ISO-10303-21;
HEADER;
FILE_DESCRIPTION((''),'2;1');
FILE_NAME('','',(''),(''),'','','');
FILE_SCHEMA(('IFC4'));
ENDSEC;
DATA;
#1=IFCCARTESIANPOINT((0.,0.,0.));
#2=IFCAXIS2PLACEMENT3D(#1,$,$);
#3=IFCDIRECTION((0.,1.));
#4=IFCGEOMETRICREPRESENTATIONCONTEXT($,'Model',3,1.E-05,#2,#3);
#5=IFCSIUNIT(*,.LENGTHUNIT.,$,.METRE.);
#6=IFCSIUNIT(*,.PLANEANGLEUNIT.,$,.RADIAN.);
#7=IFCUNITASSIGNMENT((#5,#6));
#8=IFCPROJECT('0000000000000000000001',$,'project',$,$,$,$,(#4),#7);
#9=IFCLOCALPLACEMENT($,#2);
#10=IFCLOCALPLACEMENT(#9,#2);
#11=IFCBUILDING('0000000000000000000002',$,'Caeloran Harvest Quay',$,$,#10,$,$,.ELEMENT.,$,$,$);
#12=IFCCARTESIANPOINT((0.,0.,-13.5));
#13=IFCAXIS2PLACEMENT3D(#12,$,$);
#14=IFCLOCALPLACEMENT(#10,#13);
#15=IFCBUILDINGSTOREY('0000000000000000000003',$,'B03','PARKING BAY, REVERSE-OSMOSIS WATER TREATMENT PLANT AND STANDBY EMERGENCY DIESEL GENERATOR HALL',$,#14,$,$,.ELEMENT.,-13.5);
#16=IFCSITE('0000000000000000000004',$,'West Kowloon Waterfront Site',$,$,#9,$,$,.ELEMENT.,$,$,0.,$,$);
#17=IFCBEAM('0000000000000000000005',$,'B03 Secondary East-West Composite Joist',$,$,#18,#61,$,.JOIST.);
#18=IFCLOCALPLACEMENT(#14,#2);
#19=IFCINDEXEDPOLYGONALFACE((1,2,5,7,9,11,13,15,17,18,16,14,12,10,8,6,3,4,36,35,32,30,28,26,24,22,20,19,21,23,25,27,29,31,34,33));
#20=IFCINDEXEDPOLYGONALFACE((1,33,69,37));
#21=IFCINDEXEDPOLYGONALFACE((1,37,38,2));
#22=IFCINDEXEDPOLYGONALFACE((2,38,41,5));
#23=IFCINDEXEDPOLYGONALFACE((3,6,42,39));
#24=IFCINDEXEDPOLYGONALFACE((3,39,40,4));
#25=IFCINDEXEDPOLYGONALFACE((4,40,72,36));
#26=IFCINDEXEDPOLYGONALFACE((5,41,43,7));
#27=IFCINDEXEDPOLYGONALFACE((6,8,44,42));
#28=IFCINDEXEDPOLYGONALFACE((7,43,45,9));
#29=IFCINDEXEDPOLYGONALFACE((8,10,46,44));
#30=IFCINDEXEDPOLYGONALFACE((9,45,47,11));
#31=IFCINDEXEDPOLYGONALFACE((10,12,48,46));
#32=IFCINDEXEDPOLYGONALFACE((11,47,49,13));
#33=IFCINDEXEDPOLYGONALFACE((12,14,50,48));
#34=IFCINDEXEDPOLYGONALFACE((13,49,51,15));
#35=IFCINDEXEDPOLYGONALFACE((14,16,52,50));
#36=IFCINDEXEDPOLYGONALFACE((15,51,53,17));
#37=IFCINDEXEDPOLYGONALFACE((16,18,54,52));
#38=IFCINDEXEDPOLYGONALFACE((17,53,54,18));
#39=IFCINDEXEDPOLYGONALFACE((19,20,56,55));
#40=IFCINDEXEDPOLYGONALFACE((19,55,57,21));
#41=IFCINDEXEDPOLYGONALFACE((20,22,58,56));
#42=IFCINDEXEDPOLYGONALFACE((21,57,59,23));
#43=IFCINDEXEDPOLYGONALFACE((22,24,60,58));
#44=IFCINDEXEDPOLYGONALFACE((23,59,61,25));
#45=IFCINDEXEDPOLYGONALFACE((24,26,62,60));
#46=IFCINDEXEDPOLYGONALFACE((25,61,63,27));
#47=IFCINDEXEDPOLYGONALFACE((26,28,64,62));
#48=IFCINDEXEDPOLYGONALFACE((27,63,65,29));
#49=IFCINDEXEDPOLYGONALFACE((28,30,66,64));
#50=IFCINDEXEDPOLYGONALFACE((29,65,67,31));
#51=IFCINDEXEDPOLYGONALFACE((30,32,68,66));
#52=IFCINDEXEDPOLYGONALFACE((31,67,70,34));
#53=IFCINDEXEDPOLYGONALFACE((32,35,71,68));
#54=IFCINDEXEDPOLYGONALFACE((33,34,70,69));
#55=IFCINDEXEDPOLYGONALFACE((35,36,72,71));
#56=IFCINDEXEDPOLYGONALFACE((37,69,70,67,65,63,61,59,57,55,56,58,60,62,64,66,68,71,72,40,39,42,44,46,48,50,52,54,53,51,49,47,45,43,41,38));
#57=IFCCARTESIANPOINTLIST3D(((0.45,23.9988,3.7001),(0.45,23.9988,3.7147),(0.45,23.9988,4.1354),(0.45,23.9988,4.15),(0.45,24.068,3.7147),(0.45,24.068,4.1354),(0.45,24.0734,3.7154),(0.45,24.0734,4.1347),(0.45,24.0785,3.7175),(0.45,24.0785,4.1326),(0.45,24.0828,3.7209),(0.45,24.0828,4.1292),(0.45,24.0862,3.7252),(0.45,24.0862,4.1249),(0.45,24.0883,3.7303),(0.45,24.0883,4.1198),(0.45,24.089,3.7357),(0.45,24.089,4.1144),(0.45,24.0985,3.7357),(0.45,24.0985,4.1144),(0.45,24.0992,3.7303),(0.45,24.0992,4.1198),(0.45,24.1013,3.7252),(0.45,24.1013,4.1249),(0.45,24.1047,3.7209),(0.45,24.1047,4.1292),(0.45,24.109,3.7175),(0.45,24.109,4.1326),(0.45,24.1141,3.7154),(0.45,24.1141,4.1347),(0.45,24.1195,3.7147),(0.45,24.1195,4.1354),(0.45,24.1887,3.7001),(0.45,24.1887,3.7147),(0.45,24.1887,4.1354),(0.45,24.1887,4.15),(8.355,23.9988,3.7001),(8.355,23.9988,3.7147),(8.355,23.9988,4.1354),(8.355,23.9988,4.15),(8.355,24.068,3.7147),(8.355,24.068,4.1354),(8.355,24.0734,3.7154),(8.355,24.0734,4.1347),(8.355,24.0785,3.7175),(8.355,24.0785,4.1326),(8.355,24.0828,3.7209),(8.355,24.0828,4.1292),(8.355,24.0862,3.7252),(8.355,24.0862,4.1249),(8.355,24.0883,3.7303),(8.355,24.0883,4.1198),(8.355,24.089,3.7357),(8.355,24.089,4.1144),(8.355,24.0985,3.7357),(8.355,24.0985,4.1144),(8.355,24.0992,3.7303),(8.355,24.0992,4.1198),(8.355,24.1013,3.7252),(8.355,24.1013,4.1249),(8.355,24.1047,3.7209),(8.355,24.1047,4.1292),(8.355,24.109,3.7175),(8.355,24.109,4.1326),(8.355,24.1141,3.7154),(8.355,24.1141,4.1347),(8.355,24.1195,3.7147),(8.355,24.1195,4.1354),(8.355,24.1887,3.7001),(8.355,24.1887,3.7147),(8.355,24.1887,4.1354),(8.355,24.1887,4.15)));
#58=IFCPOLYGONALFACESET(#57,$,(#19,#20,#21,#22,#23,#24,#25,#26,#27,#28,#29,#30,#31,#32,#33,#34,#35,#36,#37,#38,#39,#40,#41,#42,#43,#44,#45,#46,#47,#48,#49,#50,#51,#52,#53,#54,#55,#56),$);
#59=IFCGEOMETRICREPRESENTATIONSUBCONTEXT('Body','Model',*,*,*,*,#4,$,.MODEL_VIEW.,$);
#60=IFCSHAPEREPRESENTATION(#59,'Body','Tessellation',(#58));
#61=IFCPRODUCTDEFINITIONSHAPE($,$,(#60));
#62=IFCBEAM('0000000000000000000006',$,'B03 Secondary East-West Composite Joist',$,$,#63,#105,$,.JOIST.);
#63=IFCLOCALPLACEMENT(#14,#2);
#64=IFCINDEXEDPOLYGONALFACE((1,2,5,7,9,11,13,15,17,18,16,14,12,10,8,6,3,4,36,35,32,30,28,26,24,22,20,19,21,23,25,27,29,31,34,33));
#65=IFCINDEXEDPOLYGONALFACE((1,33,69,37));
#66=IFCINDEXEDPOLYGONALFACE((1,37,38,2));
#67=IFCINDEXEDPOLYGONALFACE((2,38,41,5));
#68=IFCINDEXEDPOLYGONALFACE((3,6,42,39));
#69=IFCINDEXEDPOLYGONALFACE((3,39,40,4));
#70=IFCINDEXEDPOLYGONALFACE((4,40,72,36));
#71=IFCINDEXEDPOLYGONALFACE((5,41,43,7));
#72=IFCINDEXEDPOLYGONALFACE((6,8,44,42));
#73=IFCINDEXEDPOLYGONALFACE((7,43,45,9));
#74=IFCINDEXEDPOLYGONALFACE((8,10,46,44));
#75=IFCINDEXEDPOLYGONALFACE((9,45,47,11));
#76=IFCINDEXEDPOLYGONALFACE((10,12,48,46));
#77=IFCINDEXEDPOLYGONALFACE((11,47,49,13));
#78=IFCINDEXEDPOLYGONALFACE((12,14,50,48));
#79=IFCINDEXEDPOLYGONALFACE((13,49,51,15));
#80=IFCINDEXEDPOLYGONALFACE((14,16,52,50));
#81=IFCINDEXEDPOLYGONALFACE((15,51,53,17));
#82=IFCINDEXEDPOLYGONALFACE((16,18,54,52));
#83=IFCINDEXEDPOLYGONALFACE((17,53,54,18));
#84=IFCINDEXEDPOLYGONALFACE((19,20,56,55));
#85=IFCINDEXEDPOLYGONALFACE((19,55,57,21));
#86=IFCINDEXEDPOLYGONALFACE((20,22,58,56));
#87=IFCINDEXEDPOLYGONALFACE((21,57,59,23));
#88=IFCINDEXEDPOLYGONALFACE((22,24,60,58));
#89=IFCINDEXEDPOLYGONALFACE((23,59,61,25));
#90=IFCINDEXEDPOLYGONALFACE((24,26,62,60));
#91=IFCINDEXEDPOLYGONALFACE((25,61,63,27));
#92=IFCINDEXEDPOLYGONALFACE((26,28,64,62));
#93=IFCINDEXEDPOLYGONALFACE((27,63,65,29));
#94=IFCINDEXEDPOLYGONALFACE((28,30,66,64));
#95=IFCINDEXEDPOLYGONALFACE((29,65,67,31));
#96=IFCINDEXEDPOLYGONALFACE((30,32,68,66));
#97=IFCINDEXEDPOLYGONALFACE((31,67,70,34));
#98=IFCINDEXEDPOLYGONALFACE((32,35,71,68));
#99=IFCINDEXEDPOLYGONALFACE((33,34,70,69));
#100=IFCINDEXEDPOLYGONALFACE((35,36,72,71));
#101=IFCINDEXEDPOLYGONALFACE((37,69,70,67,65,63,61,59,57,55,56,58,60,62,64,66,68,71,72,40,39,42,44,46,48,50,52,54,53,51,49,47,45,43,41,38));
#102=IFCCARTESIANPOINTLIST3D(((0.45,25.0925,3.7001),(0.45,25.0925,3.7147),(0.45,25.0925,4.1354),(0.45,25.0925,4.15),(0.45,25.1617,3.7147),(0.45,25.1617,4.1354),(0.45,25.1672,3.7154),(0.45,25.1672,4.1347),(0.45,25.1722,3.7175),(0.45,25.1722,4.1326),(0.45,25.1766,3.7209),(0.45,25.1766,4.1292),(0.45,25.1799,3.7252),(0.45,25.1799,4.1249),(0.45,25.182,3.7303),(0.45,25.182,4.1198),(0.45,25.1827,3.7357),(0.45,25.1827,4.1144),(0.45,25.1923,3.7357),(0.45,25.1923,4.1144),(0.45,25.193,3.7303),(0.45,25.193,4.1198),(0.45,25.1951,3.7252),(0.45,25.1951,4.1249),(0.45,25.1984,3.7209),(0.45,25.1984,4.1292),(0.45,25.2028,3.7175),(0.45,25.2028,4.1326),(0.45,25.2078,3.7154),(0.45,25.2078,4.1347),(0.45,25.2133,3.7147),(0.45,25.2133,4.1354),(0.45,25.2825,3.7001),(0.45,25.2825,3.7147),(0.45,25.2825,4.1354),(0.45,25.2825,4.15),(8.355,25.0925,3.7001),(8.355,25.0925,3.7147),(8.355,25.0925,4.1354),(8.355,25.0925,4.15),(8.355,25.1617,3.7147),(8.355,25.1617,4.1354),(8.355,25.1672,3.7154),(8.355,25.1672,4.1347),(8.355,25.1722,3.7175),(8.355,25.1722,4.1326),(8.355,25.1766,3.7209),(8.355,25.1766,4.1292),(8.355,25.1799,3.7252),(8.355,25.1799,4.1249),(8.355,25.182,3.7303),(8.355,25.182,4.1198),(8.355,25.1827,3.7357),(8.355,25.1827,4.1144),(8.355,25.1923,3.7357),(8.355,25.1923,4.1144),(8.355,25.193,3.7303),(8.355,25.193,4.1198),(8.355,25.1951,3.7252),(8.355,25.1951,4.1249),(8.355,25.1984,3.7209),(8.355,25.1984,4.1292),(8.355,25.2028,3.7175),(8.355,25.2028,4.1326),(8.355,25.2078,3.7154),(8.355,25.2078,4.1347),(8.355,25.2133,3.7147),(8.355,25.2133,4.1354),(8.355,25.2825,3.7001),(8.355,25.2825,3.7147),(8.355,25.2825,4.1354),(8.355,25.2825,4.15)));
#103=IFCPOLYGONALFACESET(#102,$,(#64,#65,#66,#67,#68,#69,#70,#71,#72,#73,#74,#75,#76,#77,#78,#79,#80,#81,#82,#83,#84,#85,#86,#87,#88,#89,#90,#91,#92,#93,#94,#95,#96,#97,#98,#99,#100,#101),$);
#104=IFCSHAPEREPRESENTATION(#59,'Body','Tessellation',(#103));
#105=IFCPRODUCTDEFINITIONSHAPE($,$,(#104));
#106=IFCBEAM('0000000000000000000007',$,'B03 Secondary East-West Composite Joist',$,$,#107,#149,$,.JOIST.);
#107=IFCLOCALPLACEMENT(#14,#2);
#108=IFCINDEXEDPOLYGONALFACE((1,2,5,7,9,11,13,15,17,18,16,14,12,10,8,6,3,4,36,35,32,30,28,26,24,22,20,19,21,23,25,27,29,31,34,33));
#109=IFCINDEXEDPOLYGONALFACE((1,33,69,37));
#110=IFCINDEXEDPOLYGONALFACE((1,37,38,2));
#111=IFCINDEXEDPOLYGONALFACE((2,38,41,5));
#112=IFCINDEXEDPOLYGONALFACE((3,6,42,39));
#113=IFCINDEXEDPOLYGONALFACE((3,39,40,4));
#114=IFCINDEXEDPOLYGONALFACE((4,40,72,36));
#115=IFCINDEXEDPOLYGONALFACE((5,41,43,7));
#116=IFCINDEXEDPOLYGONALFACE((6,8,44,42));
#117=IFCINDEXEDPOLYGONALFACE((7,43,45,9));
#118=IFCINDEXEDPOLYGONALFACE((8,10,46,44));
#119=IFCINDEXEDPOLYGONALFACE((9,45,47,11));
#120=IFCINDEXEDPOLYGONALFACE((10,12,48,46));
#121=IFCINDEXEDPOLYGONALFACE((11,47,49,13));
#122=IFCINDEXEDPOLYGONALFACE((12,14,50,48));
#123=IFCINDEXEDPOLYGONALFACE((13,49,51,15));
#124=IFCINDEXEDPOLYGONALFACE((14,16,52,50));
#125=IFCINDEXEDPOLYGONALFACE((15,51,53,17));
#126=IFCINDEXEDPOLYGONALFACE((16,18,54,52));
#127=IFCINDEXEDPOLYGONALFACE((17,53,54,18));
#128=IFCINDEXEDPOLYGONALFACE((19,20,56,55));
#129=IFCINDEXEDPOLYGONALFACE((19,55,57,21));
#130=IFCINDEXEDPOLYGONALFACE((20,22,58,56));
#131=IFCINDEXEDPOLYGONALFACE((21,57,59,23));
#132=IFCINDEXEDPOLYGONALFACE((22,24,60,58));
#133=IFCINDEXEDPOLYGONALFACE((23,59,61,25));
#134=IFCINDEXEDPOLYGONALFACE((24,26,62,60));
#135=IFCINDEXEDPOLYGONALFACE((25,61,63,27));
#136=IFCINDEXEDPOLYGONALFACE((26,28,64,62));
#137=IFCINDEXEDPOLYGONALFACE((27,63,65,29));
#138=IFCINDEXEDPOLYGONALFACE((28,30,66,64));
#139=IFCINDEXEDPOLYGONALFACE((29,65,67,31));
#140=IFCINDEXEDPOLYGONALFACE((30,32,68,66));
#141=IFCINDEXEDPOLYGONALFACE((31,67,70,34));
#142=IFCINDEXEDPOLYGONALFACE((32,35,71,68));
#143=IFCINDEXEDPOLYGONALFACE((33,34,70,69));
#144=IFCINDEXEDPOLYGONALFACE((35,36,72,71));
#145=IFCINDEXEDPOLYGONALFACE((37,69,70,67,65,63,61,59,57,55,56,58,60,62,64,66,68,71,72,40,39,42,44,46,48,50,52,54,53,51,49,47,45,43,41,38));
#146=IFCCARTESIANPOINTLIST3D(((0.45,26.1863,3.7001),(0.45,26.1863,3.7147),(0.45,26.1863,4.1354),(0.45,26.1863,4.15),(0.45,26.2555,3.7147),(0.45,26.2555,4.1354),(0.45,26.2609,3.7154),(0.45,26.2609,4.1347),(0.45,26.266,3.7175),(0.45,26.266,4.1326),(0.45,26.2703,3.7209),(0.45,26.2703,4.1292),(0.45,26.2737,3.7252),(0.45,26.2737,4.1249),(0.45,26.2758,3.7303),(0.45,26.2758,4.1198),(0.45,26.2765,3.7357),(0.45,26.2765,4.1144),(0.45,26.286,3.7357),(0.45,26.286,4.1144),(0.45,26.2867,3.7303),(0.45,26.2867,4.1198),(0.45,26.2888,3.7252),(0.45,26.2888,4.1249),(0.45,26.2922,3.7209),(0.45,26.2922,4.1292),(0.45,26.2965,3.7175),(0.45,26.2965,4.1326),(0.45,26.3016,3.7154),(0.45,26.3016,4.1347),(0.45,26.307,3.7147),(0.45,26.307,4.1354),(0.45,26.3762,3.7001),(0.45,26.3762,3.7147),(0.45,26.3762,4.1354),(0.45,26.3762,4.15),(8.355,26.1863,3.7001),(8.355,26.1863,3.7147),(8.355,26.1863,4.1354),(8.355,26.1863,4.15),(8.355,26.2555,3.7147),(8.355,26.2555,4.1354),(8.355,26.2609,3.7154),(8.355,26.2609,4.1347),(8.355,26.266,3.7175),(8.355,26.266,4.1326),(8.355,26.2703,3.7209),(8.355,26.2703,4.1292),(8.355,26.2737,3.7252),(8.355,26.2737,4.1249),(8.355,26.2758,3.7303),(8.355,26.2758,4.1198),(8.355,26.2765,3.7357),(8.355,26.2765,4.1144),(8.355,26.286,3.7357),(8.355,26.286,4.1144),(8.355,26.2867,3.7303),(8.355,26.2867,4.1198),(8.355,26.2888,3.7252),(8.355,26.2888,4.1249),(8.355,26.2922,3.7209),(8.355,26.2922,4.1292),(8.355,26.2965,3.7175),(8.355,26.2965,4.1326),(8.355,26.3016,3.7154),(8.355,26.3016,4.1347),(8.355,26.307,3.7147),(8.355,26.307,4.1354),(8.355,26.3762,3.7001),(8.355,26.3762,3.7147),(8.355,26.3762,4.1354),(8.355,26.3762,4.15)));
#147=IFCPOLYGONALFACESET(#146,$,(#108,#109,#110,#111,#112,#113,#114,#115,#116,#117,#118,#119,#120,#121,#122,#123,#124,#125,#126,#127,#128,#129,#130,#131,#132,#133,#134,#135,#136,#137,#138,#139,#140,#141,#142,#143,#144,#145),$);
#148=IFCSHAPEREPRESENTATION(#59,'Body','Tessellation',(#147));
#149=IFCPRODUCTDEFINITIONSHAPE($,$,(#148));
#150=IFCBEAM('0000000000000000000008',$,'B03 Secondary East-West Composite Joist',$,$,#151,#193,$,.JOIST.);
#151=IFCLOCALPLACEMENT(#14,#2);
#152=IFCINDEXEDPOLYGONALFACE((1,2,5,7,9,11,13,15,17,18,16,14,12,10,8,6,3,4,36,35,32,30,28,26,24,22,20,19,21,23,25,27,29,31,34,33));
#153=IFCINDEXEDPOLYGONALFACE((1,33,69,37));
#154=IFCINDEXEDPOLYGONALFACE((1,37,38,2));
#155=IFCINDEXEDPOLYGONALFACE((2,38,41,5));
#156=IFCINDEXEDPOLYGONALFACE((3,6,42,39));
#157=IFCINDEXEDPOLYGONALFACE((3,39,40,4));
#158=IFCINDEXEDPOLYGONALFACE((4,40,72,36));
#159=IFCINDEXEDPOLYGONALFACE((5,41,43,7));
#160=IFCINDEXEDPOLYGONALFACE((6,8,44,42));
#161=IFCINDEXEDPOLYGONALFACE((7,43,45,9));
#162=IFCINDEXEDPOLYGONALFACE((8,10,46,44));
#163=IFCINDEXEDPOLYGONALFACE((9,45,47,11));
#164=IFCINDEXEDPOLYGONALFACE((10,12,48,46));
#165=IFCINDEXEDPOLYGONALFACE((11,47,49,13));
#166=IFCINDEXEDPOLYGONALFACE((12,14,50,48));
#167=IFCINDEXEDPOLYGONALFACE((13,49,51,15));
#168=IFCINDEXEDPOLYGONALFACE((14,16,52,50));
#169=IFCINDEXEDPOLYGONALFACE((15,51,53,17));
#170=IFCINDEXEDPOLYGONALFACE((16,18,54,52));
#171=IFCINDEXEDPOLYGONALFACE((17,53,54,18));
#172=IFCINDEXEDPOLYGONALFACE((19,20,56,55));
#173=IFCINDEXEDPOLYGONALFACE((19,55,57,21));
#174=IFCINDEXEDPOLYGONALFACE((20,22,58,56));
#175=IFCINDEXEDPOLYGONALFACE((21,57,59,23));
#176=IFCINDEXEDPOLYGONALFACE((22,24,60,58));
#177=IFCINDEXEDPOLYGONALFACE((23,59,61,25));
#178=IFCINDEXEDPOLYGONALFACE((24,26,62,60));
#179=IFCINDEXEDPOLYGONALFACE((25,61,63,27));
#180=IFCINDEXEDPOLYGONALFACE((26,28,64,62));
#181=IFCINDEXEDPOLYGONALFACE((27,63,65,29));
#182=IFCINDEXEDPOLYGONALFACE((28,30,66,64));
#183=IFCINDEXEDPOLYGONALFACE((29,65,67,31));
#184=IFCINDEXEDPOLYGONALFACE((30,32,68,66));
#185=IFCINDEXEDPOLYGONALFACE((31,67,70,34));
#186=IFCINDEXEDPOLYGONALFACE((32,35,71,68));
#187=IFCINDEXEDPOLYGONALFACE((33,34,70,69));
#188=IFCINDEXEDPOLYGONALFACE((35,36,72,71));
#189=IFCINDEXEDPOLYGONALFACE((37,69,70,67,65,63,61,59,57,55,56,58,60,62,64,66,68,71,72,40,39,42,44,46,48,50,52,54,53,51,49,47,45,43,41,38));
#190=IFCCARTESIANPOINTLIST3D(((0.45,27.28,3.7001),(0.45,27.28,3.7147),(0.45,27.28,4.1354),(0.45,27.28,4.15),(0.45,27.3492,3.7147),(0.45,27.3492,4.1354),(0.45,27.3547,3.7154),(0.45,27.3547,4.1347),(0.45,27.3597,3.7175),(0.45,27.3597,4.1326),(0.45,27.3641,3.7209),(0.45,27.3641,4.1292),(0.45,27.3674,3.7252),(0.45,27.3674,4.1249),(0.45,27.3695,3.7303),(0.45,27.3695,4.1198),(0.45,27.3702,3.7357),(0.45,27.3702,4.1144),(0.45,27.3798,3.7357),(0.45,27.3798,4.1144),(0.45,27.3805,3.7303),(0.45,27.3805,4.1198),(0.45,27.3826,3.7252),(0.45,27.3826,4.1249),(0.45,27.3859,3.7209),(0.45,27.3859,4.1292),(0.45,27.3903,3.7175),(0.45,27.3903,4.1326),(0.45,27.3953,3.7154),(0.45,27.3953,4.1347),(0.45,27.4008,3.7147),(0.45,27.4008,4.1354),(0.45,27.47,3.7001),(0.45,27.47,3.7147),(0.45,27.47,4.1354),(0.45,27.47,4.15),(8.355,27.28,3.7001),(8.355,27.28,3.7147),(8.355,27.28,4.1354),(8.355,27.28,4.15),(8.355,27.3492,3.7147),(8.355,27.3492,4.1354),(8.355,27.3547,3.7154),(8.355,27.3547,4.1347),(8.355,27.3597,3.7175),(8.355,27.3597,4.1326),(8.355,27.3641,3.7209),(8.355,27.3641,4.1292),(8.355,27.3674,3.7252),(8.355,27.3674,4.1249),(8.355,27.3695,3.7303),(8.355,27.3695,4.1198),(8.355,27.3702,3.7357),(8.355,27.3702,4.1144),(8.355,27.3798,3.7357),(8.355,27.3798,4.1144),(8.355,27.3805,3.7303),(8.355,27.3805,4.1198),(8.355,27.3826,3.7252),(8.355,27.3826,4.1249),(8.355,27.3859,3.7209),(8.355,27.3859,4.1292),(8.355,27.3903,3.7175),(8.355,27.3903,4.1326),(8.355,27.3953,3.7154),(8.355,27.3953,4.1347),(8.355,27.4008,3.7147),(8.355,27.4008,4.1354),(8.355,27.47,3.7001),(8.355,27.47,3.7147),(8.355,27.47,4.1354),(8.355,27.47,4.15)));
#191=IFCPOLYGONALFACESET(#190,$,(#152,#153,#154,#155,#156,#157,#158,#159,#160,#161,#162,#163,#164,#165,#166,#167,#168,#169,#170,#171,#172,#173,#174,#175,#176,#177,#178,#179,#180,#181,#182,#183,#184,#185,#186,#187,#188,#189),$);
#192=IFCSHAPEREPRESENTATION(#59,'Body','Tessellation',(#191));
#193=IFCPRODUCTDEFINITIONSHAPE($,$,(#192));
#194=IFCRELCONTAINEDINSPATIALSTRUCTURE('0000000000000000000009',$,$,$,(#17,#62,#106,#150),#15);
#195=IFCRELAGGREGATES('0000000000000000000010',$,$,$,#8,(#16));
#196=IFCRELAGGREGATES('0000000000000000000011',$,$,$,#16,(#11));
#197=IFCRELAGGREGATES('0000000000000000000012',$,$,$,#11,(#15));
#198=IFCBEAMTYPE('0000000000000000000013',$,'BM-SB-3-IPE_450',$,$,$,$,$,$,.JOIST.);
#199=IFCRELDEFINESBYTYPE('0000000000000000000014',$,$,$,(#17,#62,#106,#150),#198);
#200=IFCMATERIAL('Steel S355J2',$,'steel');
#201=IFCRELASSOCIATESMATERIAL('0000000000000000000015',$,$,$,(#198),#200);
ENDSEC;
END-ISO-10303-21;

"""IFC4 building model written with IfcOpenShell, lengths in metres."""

from ifc_helpers import new_model, si_unit, direction, frame, origin, origin_2d, place, context, subcontext, project, spatial, i_section, extrude, material, material_profile, profile_set, type_object, element, save


model = new_model("IFC4")

# Units and contexts
model_context = context("Model", 3, precision=1e-05, world=origin(), true_north=direction((0.0, 1.0)))
body_context = subcontext(model_context, "Body", "Model", "MODEL_VIEW")
ifc_project = project(units=[si_unit("LENGTHUNIT", "METRE"), si_unit("PLANEANGLEUNIT", "RADIAN")], contexts=[model_context])

# Site, building, storey
site_placement = place(None, origin())
site = spatial("IfcSite", under=ifc_project, at=site_placement, Name="West Kowloon Waterfront Site", CompositionType="ELEMENT", RefElevation=0.0)
building_placement = place(site_placement, origin())
building = spatial("IfcBuilding", under=site, at=building_placement, Name="Caeloran Harvest Quay", CompositionType="ELEMENT")
storey_placement = place(building_placement, frame((0.0, 0.0, -13.5)))
storey = spatial("IfcBuildingStorey", under=building, at=storey_placement, Name="B03", Description="PARKING BAY, REVERSE-OSMOSIS WATER TREATMENT PLANT AND STANDBY EMERGENCY DIESEL GENERATOR HALL", CompositionType="ELEMENT", Elevation=-13.5)

# Beams
ifc_material_1 = material(Name="Steel S355J2", Category="steel")
ifc_material_profile_1 = material_profile(ifc_material_1, i_section(OverallWidth=0.1899, OverallDepth=0.45, WebThickness=0.0095, FlangeThickness=0.0146, FilletRadius=0.021, at=origin_2d()), Name="IPE 450")
ifc_profile_set_1 = profile_set([ifc_material_profile_1], Name="Steel S355J2")
beam_type_1 = type_object("IfcBeamType", Name="BM-SB-3-IPE_450", PredefinedType="JOIST", material=ifc_profile_set_1)
for number, where, z_axis, x_axis, name in (
    (1, (0.45, 24.0938, 3.925), (1.0, 0.0, 0.0), (0.0, 1.0, 0.0), "B03 Secondary East-West Composite Joist"),
    (2, (0.45, 25.1875, 3.925), (1.0, 0.0, 0.0), (0.0, 1.0, 0.0), "B03 Secondary East-West Composite Joist"),
    (3, (0.45, 26.2812, 3.925), (1.0, 0.0, 0.0), (0.0, 1.0, 0.0), "B03 Secondary East-West Composite Joist"),
    (4, (0.45, 27.375, 3.925), (1.0, 0.0, 0.0), (0.0, 1.0, 0.0), "B03 Secondary East-West Composite Joist"),
):
    element("IfcBeam", number, at=place(storey_placement, frame(where, z_axis=z_axis, x_axis=x_axis)), inside=storey, type_object=beam_type_1, Name=name, PredefinedType="JOIST", context=body_context, shape_type="SweptSolid", body=[
        extrude(i_section(OverallWidth=0.1899, OverallDepth=0.45, WebThickness=0.0095, FlangeThickness=0.0146, FilletRadius=0.021, at=origin_2d()), origin(), (0.0, 0.0, 1.0), 7.905),
    ])

save(model, "model.ifc")
